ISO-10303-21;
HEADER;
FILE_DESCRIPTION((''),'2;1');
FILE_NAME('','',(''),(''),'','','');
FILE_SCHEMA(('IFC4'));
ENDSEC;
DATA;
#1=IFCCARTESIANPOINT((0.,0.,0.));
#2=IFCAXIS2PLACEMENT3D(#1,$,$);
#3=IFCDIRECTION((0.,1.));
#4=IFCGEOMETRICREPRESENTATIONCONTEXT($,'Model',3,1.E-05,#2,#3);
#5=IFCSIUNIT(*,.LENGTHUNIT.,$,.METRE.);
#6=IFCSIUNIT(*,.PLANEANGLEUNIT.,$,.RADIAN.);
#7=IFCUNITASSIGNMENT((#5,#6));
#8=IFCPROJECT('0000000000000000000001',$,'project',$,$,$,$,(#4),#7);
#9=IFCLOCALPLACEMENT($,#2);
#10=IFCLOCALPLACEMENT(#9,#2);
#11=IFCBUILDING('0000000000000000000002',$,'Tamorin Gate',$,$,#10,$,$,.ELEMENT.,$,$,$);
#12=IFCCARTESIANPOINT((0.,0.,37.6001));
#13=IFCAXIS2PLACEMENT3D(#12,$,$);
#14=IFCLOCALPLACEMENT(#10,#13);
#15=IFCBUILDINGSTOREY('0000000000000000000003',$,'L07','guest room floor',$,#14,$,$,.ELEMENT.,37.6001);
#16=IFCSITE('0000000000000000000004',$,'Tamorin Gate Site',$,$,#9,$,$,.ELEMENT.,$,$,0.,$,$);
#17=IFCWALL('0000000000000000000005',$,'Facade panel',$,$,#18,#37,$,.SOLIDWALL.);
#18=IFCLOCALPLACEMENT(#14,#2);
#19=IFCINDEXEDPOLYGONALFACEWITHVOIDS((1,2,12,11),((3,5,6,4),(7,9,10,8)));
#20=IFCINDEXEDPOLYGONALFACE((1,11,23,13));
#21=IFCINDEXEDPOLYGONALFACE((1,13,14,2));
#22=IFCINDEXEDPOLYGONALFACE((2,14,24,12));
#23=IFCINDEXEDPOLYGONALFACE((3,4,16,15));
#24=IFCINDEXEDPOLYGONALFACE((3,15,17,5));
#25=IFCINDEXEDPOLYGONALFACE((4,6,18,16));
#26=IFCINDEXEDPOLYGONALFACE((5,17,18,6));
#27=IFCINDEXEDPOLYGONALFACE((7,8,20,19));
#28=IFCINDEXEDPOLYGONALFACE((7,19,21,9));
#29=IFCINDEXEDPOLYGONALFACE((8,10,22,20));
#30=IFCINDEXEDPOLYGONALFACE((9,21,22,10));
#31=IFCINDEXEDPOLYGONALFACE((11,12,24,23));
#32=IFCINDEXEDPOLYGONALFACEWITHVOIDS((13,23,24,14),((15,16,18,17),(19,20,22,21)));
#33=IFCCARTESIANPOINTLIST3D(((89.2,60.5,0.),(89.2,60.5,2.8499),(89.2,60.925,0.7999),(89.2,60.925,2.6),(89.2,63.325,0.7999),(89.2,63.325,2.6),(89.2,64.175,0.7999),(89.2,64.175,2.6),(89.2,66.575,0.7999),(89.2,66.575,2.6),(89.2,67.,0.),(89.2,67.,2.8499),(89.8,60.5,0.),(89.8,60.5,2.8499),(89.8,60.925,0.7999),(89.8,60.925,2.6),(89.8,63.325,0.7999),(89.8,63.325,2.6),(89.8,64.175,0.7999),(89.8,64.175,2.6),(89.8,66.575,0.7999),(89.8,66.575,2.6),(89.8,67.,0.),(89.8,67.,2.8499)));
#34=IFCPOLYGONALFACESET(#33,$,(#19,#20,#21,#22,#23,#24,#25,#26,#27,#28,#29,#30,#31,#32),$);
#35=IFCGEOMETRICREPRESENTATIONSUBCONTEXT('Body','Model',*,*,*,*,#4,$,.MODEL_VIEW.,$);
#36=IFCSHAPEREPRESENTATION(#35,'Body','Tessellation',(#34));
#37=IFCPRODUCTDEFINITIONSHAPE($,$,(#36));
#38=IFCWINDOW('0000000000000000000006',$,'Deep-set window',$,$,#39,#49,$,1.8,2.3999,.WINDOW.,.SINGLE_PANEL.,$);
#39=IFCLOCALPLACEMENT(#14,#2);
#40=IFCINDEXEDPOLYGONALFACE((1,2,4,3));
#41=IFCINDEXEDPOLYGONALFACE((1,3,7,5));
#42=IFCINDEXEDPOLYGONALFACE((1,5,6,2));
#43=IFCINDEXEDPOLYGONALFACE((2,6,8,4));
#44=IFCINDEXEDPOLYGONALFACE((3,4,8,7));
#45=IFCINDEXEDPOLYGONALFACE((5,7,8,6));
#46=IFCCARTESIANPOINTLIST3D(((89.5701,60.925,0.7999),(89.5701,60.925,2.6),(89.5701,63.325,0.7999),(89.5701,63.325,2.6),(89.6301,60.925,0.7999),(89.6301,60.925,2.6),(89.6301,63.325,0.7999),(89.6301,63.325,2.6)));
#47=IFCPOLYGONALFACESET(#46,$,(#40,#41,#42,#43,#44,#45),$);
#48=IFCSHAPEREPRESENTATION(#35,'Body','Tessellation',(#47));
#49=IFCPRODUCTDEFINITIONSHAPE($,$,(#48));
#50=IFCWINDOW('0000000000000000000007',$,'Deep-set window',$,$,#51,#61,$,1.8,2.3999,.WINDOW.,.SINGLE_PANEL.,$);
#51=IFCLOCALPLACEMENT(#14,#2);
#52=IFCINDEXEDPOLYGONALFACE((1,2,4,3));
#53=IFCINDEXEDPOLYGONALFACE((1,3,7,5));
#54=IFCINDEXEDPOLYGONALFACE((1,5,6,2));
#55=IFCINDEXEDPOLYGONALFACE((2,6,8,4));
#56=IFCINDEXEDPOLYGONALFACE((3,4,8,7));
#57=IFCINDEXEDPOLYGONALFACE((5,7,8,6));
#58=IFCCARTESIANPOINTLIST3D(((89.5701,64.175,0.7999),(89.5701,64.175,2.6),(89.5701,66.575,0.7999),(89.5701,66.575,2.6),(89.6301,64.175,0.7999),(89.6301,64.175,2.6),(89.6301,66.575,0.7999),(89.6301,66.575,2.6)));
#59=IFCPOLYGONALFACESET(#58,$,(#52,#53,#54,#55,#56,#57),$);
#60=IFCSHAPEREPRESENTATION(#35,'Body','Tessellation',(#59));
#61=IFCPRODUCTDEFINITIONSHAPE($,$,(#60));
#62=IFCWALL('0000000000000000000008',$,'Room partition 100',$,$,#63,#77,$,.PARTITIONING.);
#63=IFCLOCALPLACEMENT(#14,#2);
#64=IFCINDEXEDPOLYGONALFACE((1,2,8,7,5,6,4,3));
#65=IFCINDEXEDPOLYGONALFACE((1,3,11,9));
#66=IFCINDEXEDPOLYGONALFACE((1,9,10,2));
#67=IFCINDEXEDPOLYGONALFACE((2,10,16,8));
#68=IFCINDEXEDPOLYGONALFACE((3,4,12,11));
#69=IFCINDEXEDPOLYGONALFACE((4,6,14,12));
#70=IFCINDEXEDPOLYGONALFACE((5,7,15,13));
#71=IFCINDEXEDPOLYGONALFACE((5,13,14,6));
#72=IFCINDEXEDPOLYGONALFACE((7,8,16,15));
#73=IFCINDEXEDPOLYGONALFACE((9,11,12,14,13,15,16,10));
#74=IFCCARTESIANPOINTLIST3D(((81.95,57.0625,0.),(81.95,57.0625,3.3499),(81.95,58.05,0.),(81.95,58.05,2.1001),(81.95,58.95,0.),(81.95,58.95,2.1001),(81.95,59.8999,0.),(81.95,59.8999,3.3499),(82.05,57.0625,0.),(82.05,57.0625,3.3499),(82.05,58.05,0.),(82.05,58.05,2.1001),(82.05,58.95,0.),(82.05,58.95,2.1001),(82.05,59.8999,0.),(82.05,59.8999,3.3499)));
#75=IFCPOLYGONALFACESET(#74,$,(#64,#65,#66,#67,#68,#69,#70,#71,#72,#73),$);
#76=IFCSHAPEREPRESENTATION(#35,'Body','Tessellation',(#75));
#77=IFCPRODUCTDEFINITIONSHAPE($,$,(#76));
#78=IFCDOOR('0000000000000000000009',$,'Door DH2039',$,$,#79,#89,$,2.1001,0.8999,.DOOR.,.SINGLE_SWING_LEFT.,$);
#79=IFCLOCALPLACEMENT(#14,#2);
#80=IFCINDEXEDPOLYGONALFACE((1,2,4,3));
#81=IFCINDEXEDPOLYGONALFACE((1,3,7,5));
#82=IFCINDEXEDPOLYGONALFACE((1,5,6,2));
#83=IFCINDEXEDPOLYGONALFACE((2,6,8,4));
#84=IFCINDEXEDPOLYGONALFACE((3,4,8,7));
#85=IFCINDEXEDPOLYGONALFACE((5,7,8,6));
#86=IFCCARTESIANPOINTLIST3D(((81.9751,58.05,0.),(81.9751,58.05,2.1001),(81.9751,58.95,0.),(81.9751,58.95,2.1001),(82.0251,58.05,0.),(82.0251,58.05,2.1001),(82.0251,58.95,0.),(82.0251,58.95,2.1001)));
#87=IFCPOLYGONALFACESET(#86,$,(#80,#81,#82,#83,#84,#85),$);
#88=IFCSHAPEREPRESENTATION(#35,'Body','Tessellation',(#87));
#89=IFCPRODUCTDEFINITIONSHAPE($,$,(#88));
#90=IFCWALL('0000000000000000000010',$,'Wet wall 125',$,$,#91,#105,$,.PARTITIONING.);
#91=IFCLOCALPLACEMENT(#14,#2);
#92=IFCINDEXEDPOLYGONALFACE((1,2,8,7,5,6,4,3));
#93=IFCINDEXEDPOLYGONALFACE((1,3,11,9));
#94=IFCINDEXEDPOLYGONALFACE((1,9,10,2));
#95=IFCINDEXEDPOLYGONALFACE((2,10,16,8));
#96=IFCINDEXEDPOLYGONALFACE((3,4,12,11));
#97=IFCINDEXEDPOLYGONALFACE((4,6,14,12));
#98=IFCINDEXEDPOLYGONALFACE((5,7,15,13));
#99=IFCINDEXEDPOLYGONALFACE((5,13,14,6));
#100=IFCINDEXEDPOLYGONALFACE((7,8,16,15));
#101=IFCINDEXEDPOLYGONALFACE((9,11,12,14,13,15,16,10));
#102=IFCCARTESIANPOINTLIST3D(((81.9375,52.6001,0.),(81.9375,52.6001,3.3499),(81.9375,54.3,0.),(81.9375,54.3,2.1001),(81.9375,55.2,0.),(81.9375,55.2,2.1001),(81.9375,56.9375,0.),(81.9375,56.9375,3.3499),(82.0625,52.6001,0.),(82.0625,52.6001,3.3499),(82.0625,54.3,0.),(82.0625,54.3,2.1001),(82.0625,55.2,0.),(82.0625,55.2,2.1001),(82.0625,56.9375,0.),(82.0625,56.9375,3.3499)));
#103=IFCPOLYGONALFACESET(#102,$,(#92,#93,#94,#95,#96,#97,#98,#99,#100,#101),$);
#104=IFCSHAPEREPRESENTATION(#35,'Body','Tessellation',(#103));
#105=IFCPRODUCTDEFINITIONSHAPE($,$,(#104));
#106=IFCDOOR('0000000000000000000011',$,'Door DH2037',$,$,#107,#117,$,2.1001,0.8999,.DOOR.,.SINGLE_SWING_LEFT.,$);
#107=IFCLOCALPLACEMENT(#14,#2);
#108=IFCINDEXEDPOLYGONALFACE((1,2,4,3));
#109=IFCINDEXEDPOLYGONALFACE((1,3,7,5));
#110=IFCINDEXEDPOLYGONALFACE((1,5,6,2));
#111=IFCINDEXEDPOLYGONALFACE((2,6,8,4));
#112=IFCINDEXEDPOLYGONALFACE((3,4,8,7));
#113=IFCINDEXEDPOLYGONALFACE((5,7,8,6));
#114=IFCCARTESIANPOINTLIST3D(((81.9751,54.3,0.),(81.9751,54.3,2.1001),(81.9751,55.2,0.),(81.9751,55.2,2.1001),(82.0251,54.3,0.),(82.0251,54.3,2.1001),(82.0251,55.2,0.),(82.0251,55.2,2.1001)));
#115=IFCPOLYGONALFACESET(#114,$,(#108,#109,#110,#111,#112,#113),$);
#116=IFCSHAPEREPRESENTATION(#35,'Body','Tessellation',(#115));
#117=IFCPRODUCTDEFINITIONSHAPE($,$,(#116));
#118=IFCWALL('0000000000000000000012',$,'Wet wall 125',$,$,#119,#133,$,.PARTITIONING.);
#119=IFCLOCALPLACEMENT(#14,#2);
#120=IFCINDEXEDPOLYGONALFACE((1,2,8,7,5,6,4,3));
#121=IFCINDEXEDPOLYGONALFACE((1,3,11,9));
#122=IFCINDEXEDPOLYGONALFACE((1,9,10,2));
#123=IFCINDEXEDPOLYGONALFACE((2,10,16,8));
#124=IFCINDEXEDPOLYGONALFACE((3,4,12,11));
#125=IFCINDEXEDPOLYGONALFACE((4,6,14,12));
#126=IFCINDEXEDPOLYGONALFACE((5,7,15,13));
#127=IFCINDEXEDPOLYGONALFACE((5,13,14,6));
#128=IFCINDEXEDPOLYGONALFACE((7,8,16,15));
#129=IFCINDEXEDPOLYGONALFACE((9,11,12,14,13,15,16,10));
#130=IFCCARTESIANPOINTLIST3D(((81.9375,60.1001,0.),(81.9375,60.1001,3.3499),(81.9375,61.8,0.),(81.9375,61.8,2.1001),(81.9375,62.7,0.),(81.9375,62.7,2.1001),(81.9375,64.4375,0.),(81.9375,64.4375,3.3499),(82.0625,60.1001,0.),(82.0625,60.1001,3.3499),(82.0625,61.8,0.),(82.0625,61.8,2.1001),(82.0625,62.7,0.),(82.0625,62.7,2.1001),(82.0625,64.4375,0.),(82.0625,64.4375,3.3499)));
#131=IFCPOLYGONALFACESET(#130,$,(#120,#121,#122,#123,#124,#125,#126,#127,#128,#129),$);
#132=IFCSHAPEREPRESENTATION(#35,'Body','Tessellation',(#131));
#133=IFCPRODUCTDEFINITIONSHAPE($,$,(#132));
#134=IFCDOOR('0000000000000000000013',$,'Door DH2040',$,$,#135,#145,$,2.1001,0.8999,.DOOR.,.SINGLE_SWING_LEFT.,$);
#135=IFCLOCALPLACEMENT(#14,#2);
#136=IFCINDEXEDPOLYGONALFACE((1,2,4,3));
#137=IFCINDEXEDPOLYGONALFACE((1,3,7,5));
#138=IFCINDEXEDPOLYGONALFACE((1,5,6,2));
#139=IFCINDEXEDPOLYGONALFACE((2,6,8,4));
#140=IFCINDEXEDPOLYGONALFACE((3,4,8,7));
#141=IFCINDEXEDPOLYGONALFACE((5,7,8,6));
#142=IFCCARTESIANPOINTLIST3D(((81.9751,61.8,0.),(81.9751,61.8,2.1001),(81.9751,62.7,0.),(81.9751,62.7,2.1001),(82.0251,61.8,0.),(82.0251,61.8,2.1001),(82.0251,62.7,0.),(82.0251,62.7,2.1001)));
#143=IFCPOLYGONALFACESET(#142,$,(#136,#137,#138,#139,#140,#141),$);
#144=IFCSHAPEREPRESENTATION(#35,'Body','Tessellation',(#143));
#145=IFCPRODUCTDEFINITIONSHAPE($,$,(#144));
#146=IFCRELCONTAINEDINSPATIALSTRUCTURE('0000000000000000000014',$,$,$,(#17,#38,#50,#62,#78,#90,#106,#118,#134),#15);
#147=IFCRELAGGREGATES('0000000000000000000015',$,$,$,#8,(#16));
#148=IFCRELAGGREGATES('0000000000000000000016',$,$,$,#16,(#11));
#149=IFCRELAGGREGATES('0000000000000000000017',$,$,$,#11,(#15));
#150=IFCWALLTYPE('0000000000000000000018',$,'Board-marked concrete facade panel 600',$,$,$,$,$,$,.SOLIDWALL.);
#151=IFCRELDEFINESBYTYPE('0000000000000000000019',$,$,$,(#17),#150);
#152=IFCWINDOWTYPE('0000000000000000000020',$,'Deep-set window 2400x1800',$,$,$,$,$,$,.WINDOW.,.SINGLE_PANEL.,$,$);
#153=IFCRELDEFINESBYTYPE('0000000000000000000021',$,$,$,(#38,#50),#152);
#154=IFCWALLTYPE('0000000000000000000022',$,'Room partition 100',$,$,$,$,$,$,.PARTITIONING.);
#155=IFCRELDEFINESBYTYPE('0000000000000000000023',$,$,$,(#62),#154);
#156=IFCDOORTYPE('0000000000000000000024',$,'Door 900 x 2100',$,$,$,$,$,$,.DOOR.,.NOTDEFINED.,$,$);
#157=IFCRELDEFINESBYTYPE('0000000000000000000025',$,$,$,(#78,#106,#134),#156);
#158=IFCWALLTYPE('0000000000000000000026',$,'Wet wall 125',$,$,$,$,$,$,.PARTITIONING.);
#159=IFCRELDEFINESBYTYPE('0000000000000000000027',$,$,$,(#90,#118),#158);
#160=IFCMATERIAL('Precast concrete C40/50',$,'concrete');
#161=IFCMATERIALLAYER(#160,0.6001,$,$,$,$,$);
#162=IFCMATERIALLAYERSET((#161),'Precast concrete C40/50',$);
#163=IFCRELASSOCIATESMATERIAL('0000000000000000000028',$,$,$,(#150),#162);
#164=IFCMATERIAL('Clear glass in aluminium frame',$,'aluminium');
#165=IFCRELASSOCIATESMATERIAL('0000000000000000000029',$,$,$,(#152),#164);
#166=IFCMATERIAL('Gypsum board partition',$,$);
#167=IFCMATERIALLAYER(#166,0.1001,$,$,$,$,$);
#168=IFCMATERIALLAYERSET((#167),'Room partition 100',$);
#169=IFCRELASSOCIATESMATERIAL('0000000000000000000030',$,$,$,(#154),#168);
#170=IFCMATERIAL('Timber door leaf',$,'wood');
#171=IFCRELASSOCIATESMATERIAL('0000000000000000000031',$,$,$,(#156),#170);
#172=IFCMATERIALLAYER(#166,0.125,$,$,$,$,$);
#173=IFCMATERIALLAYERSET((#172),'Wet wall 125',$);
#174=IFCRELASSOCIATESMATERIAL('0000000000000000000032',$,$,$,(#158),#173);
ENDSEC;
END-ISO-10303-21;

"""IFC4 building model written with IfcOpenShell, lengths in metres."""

from ifc_helpers import new_model, si_unit, direction, frame, frame_2d, origin, place, context, subcontext, project, spatial, rectangle, extrude, material, layer, layer_set, type_object, element, fill, save


model = new_model("IFC4")

# Units and contexts
model_context = context("Model", 3, precision=1e-05, world=origin(), true_north=direction((0.0, 1.0)))
body_context = subcontext(model_context, "Body", "Model", "MODEL_VIEW")
ifc_project = project(units=[si_unit("LENGTHUNIT", "METRE"), si_unit("PLANEANGLEUNIT", "RADIAN")], contexts=[model_context])

# Site, building, storey
site_placement = place(None, origin())
site = spatial("IfcSite", under=ifc_project, at=site_placement, Name="Tamorin Gate Site", CompositionType="ELEMENT", RefElevation=0.0)
building_placement = place(site_placement, origin())
building = spatial("IfcBuilding", under=site, at=building_placement, Name="Tamorin Gate", CompositionType="ELEMENT")
storey_placement = place(building_placement, frame((0.0, 0.0, 37.6001)))
storey = spatial("IfcBuildingStorey", under=building, at=storey_placement, Name="L07", Description="guest room floor", CompositionType="ELEMENT", Elevation=37.6001)

# Wall, openings, windows
ifc_material_1 = material(Name="Precast concrete C40/50", Category="concrete")
ifc_layer_1 = layer(ifc_material_1, 0.6001)
ifc_layer_set_1 = layer_set([ifc_layer_1], Name="Precast concrete C40/50")
wall_type_1 = type_object("IfcWallType", Name="Board-marked concrete facade panel 600", PredefinedType="SOLIDWALL", material=ifc_layer_set_1)
ifc_material_2 = material(Name="Clear glass in aluminium frame", Category="aluminium")
window_type = type_object("IfcWindowType", Name="Deep-set window 2400x1800", PartitioningType="SINGLE_PANEL", PredefinedType="WINDOW", material=ifc_material_2)
wall_1_placement = place(storey_placement, frame((89.5, 60.5, 0.0), z_axis=(0.0, 0.0, 1.0), x_axis=(0.0, 1.0, 0.0)))
wall_1 = element("IfcWall", 1, at=wall_1_placement, inside=storey, type_object=wall_type_1, Name="Facade panel", PredefinedType="SOLIDWALL", context=body_context, shape_type="SweptSolid", body=[
    extrude(rectangle(XDim=6.5, YDim=0.6001, at=frame_2d((3.25, 0.0))), origin(), (0.0, 0.0, 1.0), 2.8499),
])
opening_1_placement = place(wall_1_placement, frame((0.425, 0.0, 0.8)))
opening_1 = element("IfcOpeningElement", 2, at=opening_1_placement, cuts=wall_1, PredefinedType="OPENING", context=body_context, shape_type="SweptSolid", body=[
    extrude(rectangle(XDim=2.3999, YDim=1.8, at=frame_2d((1.2, 0.8999))), frame((0.0, 0.3101, 0.0), z_axis=(0.0, -1.0, 0.0), x_axis=(1.0, 0.0, 0.0)), (0.0, 0.0, 1.0), 0.6201),
])
opening_2_placement = place(wall_1_placement, frame((3.675, 0.0, 0.8)))
opening_2 = element("IfcOpeningElement", 3, at=opening_2_placement, cuts=wall_1, PredefinedType="OPENING", context=body_context, shape_type="SweptSolid", body=[
    extrude(rectangle(XDim=2.3999, YDim=1.8, at=frame_2d((1.2, 0.8999))), frame((0.0, 0.3101, 0.0), z_axis=(0.0, -1.0, 0.0), x_axis=(1.0, 0.0, 0.0)), (0.0, 0.0, 1.0), 0.6201),
])
window_1_placement = place(opening_1_placement, origin())
window_1 = element("IfcWindow", 4, at=window_1_placement, inside=storey, type_object=window_type, Name="Deep-set window", OverallHeight=1.8, OverallWidth=2.3999, PartitioningType="SINGLE_PANEL", PredefinedType="WINDOW", context=body_context, shape_type="SweptSolid", body=[
    extrude(rectangle(XDim=2.3999, YDim=1.8, at=frame_2d((1.2, 0.8999))), frame((0.0, -0.0701, 0.0), z_axis=(0.0, -1.0, 0.0), x_axis=(1.0, 0.0, 0.0)), (0.0, 0.0, 1.0), 0.0601),
])
fill(opening_1, window_1)
window_2_placement = place(opening_2_placement, origin())
window_2 = element("IfcWindow", 5, at=window_2_placement, inside=storey, type_object=window_type, Name="Deep-set window", OverallHeight=1.8, OverallWidth=2.3999, PartitioningType="SINGLE_PANEL", PredefinedType="WINDOW", context=body_context, shape_type="SweptSolid", body=[
    extrude(rectangle(XDim=2.3999, YDim=1.8, at=frame_2d((1.2, 0.8999))), frame((0.0, -0.0701, 0.0), z_axis=(0.0, -1.0, 0.0), x_axis=(1.0, 0.0, 0.0)), (0.0, 0.0, 1.0), 0.0601),
])
fill(opening_2, window_2)

# Walls, openings, doors
ifc_material_3 = material(Name="Gypsum board partition")
ifc_layer_2 = layer(ifc_material_3, 0.1001)
ifc_layer_set_2 = layer_set([ifc_layer_2], Name="Room partition 100")
wall_type_2 = type_object("IfcWallType", Name="Room partition 100", PredefinedType="PARTITIONING", material=ifc_layer_set_2)
wall_2_placement = place(storey_placement, frame((82.0, 57.0625, 0.0), z_axis=(0.0, 0.0, 1.0), x_axis=(0.0, 1.0, 0.0)))
wall_2 = element("IfcWall", 6, at=wall_2_placement, inside=storey, type_object=wall_type_2, Name="Room partition 100", PredefinedType="PARTITIONING", context=body_context, shape_type="SweptSolid", body=[
    extrude(rectangle(XDim=2.8374, YDim=0.1001, at=frame_2d((1.4187, 0.0))), origin(), (0.0, 0.0, 1.0), 3.3499),
])
opening_3_placement = place(wall_2_placement, frame((0.9875, 0.0, 0.0)))
opening_3 = element("IfcOpeningElement", 7, at=opening_3_placement, cuts=wall_2, PredefinedType="OPENING", context=body_context, shape_type="SweptSolid", body=[
    extrude(rectangle(XDim=0.8999, YDim=2.1001, at=frame_2d((0.45, 1.05))), frame((0.0, 0.0601, 0.0), z_axis=(0.0, -1.0, 0.0), x_axis=(1.0, 0.0, 0.0)), (0.0, 0.0, 1.0), 0.1201),
])
ifc_material_4 = material(Name="Timber door leaf", Category="wood")
door_type = type_object("IfcDoorType", Name="Door 900 x 2100", OperationType="NOTDEFINED", PredefinedType="DOOR", material=ifc_material_4)
door_1_placement = place(opening_3_placement, origin())
door_1 = element("IfcDoor", 8, at=door_1_placement, inside=storey, type_object=door_type, Name="Door DH2039", OperationType="SINGLE_SWING_LEFT", OverallHeight=2.1001, OverallWidth=0.8999, PredefinedType="DOOR", context=body_context, shape_type="SweptSolid", body=[
    extrude(rectangle(XDim=0.8999, YDim=2.1001, at=frame_2d((0.45, 1.05))), frame((0.0, 0.0249, 0.0), z_axis=(0.0, -1.0, 0.0), x_axis=(1.0, 0.0, 0.0)), (0.0, 0.0, 1.0), 0.05),
])
fill(opening_3, door_1)
ifc_layer_3 = layer(ifc_material_3, 0.125)
ifc_layer_set_3 = layer_set([ifc_layer_3], Name="Wet wall 125")
wall_type_3 = type_object("IfcWallType", Name="Wet wall 125", PredefinedType="PARTITIONING", material=ifc_layer_set_3)
wall_3_placement = place(storey_placement, frame((82.0, 52.6001, 0.0), z_axis=(0.0, 0.0, 1.0), x_axis=(0.0, 1.0, 0.0)))
wall_3 = element("IfcWall", 9, at=wall_3_placement, inside=storey, type_object=wall_type_3, Name="Wet wall 125", PredefinedType="PARTITIONING", context=body_context, shape_type="SweptSolid", body=[
    extrude(rectangle(XDim=4.3374, YDim=0.125, at=frame_2d((2.1687, 0.0))), origin(), (0.0, 0.0, 1.0), 3.3499),
])
opening_4_placement = place(wall_3_placement, frame((1.7, 0.0, 0.0)))
opening_4 = element("IfcOpeningElement", 10, at=opening_4_placement, cuts=wall_3, PredefinedType="OPENING", context=body_context, shape_type="SweptSolid", body=[
    extrude(rectangle(XDim=0.8999, YDim=2.1001, at=frame_2d((0.45, 1.05))), frame((0.0, 0.0725, 0.0), z_axis=(0.0, -1.0, 0.0), x_axis=(1.0, 0.0, 0.0)), (0.0, 0.0, 1.0), 0.145),
])
door_2_placement = place(opening_4_placement, origin())
door_2 = element("IfcDoor", 11, at=door_2_placement, inside=storey, type_object=door_type, Name="Door DH2037", OperationType="SINGLE_SWING_LEFT", OverallHeight=2.1001, OverallWidth=0.8999, PredefinedType="DOOR", context=body_context, shape_type="SweptSolid", body=[
    extrude(rectangle(XDim=0.8999, YDim=2.1001, at=frame_2d((0.45, 1.05))), frame((0.0, 0.0249, 0.0), z_axis=(0.0, -1.0, 0.0), x_axis=(1.0, 0.0, 0.0)), (0.0, 0.0, 1.0), 0.05),
])
fill(opening_4, door_2)
wall_4_placement = place(storey_placement, frame((82.0, 60.1001, 0.0), z_axis=(0.0, 0.0, 1.0), x_axis=(0.0, 1.0, 0.0)))
wall_4 = element("IfcWall", 12, at=wall_4_placement, inside=storey, type_object=wall_type_3, Name="Wet wall 125", PredefinedType="PARTITIONING", context=body_context, shape_type="SweptSolid", body=[
    extrude(rectangle(XDim=4.3374, YDim=0.125, at=frame_2d((2.1687, 0.0))), origin(), (0.0, 0.0, 1.0), 3.3499),
])
opening_5_placement = place(wall_4_placement, frame((1.7, 0.0, 0.0)))
opening_5 = element("IfcOpeningElement", 13, at=opening_5_placement, cuts=wall_4, PredefinedType="OPENING", context=body_context, shape_type="SweptSolid", body=[
    extrude(rectangle(XDim=0.8999, YDim=2.1001, at=frame_2d((0.45, 1.05))), frame((0.0, 0.0725, 0.0), z_axis=(0.0, -1.0, 0.0), x_axis=(1.0, 0.0, 0.0)), (0.0, 0.0, 1.0), 0.145),
])
door_3_placement = place(opening_5_placement, origin())
door_3 = element("IfcDoor", 14, at=door_3_placement, inside=storey, type_object=door_type, Name="Door DH2040", OperationType="SINGLE_SWING_LEFT", OverallHeight=2.1001, OverallWidth=0.8999, PredefinedType="DOOR", context=body_context, shape_type="SweptSolid", body=[
    extrude(rectangle(XDim=0.8999, YDim=2.1001, at=frame_2d((0.45, 1.05))), frame((0.0, 0.0249, 0.0), z_axis=(0.0, -1.0, 0.0), x_axis=(1.0, 0.0, 0.0)), (0.0, 0.0, 1.0), 0.05),
])
fill(opening_5, door_3)

save(model, "model.ifc")
